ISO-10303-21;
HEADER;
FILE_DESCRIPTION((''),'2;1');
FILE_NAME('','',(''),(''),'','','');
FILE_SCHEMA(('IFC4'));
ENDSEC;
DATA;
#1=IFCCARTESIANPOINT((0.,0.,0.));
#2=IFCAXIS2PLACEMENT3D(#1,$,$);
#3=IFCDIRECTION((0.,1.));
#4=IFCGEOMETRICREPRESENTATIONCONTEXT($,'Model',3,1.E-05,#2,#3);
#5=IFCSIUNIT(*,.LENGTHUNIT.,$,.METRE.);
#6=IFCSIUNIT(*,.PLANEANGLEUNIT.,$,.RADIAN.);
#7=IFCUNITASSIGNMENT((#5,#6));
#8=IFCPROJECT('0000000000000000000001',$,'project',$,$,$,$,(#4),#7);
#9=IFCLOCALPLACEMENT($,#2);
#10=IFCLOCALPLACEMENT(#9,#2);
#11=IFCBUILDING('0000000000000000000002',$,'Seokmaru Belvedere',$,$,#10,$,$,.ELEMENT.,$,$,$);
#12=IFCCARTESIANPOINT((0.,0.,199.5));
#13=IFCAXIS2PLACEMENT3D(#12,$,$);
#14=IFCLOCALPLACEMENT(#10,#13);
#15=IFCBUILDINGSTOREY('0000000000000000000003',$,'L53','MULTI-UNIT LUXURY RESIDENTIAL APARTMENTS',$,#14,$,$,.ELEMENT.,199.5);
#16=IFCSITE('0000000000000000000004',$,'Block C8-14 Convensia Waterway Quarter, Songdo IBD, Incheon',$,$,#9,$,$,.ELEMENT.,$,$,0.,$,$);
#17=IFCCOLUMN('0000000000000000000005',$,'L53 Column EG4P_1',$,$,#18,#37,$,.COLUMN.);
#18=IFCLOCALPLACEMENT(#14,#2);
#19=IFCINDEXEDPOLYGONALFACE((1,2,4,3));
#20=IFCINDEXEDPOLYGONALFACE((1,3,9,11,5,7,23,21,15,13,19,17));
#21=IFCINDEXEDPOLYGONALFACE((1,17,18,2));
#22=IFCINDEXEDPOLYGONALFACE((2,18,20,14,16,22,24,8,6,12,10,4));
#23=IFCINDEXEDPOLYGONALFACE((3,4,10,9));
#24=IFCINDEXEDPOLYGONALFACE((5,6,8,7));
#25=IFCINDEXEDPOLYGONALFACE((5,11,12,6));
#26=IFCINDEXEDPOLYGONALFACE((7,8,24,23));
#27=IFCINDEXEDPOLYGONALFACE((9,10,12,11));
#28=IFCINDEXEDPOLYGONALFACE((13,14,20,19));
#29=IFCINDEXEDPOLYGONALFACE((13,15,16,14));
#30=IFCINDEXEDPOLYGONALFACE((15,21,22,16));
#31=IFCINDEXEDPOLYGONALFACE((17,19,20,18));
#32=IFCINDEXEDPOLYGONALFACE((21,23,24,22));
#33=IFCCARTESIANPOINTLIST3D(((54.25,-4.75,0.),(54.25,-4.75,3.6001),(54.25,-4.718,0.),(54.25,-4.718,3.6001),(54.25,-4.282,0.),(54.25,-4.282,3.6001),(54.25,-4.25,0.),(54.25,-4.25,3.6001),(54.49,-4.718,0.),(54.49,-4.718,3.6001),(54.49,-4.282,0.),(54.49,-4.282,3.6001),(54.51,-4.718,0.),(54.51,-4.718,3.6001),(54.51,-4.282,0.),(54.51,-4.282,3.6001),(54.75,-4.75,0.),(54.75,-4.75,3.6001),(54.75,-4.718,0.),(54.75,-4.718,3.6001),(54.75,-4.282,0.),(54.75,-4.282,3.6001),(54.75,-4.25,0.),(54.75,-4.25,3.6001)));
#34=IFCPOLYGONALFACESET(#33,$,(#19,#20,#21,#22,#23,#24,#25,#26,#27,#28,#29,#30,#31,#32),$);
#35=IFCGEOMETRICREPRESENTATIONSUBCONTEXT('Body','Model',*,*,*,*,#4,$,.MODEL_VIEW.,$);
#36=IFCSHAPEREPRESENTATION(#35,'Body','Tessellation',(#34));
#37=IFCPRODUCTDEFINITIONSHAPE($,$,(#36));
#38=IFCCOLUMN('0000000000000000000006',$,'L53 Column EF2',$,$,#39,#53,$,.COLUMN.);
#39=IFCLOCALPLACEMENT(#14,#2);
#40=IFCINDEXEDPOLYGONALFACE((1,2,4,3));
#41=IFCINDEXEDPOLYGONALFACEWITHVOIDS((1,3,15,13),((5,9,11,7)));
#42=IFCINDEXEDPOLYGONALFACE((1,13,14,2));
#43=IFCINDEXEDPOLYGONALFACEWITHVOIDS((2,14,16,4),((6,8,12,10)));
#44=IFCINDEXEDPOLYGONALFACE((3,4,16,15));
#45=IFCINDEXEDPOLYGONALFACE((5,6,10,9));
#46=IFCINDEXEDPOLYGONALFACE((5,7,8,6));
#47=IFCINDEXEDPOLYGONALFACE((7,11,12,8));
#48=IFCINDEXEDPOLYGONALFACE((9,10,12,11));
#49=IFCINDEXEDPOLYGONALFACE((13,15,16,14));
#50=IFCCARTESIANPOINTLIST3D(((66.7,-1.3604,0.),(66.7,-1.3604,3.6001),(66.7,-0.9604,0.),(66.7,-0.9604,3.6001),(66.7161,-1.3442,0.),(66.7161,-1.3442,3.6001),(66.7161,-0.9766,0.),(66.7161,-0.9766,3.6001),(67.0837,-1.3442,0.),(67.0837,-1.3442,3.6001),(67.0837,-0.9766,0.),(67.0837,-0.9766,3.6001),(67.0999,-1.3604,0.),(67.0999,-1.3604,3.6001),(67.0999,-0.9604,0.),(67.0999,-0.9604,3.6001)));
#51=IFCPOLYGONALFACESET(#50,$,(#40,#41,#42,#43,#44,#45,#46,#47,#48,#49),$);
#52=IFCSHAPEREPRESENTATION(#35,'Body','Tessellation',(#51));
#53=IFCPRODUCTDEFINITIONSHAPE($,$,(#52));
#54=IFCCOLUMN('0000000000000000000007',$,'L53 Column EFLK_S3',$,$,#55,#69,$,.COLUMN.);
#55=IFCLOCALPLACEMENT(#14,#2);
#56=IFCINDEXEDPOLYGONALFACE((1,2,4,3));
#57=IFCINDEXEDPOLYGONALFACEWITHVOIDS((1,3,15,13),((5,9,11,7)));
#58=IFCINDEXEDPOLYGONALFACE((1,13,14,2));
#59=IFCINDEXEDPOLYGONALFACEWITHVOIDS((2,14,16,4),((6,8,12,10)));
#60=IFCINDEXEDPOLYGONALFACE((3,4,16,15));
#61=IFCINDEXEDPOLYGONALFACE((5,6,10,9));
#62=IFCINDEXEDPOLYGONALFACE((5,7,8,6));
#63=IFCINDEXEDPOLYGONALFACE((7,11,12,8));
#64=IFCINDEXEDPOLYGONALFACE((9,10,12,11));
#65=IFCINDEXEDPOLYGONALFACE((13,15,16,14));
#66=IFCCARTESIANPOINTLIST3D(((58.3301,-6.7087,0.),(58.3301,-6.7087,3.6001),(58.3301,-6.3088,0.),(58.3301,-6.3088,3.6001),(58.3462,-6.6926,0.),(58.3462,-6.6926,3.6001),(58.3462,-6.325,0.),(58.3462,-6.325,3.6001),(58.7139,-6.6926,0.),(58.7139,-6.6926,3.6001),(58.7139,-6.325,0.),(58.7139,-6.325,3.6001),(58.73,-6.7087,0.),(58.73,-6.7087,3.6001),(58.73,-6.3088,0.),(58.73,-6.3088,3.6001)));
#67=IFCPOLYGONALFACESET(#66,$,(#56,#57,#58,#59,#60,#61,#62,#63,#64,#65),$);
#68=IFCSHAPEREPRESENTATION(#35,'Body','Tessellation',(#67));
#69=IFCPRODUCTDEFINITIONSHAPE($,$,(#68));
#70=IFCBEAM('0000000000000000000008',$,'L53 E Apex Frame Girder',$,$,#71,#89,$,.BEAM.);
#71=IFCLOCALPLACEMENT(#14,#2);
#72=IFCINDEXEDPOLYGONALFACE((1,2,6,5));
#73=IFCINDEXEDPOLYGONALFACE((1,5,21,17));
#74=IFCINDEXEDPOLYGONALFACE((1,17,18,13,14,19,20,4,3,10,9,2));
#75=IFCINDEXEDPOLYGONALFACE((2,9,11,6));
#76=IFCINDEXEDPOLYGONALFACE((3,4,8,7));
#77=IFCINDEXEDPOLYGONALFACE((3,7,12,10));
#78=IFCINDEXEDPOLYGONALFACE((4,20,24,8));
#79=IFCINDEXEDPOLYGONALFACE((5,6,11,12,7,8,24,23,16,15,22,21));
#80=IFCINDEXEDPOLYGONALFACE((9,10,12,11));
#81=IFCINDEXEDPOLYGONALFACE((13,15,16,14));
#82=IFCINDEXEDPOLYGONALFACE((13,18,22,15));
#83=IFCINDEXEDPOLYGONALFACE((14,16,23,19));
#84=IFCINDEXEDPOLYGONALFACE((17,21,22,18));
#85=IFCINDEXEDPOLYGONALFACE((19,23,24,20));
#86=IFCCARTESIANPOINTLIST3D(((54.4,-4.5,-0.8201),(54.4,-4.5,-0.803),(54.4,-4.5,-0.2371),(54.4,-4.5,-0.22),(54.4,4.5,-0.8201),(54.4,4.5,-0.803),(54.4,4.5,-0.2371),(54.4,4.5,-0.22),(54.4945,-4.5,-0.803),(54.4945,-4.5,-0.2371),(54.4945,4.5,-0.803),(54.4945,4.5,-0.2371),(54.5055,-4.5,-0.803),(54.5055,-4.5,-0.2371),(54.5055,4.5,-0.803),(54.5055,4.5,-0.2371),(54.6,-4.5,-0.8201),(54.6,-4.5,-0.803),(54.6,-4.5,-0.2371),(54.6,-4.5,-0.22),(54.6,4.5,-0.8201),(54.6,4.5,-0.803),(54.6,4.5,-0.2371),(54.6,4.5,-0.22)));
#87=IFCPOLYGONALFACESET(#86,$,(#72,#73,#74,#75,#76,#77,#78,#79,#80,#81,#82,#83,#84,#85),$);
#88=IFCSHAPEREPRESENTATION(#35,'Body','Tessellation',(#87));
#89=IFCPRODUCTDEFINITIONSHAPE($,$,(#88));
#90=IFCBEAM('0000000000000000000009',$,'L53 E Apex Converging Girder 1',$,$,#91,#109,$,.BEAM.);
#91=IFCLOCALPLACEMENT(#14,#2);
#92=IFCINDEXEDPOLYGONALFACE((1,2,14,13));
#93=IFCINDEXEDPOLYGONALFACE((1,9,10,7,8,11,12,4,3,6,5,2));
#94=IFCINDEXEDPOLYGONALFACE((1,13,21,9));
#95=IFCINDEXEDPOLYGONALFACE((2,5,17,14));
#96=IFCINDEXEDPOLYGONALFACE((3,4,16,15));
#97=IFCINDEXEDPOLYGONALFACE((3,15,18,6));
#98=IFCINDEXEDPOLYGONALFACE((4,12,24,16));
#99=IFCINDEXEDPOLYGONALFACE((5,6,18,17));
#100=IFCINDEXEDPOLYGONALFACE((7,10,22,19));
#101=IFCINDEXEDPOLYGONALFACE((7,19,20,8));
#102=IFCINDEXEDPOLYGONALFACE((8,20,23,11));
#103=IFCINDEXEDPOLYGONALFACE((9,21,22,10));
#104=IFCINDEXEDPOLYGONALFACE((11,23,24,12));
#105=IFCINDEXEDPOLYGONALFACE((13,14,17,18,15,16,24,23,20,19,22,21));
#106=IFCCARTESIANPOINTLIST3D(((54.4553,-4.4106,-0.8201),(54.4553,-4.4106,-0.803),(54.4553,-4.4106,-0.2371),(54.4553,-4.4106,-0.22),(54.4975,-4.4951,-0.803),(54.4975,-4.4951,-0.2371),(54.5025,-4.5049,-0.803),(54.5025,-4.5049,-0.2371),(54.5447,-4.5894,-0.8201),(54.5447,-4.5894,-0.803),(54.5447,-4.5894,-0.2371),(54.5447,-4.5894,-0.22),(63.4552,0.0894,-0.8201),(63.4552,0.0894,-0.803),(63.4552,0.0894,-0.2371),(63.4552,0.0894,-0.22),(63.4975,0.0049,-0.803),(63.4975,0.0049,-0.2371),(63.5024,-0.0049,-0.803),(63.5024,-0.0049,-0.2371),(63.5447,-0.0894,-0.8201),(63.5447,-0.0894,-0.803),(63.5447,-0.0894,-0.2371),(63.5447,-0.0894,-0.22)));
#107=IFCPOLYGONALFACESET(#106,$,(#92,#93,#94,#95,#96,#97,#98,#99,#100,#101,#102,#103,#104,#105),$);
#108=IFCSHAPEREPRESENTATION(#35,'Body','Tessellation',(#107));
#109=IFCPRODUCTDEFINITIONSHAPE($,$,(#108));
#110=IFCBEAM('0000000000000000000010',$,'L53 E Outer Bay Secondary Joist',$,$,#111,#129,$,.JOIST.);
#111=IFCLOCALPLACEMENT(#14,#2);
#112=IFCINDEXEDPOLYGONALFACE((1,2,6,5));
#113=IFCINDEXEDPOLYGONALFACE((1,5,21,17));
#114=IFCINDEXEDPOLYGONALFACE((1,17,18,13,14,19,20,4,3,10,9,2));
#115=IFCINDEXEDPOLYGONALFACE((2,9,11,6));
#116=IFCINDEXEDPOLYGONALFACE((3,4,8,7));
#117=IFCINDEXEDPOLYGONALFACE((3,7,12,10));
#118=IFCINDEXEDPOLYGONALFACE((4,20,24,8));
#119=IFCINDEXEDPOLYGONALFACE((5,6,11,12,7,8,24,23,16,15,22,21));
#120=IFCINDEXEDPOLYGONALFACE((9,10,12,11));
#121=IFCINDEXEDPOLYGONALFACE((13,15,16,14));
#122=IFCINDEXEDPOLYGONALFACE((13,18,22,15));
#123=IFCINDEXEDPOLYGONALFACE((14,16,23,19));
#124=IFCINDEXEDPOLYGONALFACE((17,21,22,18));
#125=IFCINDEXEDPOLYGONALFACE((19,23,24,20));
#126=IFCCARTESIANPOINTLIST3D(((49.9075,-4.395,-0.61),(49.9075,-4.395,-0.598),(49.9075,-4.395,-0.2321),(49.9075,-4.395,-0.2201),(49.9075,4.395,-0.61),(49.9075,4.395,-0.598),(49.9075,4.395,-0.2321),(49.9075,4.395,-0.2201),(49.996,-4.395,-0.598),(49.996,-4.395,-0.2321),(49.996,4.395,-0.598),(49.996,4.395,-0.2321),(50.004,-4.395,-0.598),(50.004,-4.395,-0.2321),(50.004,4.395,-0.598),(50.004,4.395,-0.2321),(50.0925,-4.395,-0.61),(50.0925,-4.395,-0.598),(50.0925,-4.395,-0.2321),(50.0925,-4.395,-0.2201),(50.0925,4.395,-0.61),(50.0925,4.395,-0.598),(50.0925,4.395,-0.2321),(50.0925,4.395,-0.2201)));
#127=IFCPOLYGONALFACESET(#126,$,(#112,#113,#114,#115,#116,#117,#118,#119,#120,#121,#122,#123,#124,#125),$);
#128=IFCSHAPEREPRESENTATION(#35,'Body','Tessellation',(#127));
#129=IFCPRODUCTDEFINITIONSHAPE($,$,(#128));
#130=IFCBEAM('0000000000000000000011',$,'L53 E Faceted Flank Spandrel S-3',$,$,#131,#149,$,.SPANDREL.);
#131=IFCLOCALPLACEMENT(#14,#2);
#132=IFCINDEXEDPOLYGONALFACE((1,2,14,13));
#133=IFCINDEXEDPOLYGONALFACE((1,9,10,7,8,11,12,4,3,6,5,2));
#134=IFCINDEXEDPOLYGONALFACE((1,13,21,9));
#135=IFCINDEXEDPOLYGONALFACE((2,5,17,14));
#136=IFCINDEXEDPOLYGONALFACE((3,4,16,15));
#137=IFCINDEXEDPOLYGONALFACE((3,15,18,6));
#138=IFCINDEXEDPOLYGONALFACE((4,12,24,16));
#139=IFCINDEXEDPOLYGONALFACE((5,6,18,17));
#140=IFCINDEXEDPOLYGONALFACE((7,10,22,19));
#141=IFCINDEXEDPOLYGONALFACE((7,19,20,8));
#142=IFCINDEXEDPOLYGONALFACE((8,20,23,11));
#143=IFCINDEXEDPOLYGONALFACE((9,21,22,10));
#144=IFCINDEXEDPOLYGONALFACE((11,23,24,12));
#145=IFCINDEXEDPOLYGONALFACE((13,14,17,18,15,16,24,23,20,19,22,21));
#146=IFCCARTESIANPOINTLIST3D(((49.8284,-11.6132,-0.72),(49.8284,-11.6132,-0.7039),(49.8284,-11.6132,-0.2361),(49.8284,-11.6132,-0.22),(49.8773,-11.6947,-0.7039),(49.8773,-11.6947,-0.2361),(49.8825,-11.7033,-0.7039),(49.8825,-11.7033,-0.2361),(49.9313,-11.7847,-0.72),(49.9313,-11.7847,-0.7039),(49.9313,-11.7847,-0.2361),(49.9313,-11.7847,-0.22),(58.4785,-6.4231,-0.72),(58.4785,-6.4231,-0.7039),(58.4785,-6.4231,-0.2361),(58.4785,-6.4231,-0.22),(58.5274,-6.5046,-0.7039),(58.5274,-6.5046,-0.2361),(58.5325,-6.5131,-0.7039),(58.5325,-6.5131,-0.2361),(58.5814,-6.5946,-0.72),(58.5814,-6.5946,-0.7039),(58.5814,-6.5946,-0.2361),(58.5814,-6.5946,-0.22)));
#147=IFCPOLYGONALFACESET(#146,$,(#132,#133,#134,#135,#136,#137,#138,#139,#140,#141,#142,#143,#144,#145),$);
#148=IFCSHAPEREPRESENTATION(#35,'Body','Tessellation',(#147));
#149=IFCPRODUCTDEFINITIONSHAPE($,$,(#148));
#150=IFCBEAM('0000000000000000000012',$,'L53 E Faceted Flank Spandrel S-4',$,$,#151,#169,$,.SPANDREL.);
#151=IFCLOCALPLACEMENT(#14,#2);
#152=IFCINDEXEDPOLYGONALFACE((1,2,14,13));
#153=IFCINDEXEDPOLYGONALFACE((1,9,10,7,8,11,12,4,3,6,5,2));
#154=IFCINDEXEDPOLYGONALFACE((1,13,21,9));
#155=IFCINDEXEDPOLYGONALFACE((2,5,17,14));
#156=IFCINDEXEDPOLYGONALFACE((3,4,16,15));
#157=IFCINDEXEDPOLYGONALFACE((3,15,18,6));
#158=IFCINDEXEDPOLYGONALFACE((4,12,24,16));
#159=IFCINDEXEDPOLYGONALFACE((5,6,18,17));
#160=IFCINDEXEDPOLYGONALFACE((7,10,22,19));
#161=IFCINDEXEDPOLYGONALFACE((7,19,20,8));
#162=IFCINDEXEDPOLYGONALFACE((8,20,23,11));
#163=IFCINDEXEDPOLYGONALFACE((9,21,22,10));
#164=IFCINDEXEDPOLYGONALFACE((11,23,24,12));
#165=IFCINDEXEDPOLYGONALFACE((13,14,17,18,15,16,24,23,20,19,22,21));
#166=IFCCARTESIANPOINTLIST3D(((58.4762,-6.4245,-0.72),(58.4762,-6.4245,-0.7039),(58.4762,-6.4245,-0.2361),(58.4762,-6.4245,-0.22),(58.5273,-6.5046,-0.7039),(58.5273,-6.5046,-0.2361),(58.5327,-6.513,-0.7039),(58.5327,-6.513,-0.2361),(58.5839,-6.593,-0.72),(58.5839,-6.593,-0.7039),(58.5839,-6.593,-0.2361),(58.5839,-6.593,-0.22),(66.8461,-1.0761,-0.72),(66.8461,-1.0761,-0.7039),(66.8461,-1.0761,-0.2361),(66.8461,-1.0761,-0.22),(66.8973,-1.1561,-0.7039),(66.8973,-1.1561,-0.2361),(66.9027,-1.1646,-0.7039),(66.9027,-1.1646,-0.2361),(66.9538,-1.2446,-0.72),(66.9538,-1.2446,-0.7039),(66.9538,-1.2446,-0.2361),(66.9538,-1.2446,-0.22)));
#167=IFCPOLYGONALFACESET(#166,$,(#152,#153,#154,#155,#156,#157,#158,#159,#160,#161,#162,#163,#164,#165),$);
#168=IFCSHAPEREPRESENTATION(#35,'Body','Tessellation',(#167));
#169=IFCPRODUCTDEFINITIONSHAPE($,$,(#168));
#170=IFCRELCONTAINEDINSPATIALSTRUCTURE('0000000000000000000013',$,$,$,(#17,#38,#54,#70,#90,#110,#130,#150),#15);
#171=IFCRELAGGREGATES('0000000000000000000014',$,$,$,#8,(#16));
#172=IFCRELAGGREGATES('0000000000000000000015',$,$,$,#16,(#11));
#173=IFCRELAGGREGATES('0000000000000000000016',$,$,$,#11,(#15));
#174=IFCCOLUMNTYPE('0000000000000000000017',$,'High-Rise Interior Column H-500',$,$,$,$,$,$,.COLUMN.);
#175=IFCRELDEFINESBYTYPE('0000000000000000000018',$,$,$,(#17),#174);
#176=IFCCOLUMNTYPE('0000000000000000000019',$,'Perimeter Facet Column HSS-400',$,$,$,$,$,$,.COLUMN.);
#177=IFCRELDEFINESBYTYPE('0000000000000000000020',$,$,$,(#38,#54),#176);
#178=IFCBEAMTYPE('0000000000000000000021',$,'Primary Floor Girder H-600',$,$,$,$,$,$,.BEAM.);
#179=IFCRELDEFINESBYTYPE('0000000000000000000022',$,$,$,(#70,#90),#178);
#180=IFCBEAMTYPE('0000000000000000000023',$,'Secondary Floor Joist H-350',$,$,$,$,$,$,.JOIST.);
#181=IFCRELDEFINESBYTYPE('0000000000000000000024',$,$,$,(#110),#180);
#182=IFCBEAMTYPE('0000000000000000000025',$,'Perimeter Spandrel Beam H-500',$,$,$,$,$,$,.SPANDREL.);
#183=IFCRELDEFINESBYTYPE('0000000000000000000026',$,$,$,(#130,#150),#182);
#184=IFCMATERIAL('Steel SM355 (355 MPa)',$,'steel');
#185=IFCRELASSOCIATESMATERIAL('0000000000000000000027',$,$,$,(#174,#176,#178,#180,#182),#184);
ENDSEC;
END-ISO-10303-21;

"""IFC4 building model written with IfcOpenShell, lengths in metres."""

from ifc_helpers import new_model, si_unit, direction, frame, origin, origin_2d, place, context, subcontext, project, spatial, hollow_rectangle, i_section, extrude, source, transform, mapped, material, material_profile, profile_set, type_object, type_shapes, element, save


model = new_model("IFC4")

# Units and contexts
model_context = context("Model", 3, precision=1e-05, world=origin(), true_north=direction((0.0, 1.0)))
body_context = subcontext(model_context, "Body", "Model", "MODEL_VIEW")
ifc_project = project(units=[si_unit("LENGTHUNIT", "METRE"), si_unit("PLANEANGLEUNIT", "RADIAN")], contexts=[model_context])

# Site, building, storey
site_placement = place(None, origin())
site = spatial("IfcSite", under=ifc_project, at=site_placement, Name="Block C8-14 Convensia Waterway Quarter, Songdo IBD, Incheon", CompositionType="ELEMENT", RefElevation=0.0)
building_placement = place(site_placement, origin())
building = spatial("IfcBuilding", under=site, at=building_placement, Name="Seokmaru Belvedere", CompositionType="ELEMENT")
storey_placement = place(building_placement, frame((0.0, 0.0, 199.5)))
storey = spatial("IfcBuildingStorey", under=building, at=storey_placement, Name="L53", Description="MULTI-UNIT LUXURY RESIDENTIAL APARTMENTS", CompositionType="ELEMENT", Elevation=199.5)

# Columns
ifc_material_1 = material(Name="Steel SM355 (355 MPa)", Category="steel")
ifc_material_profile_1 = material_profile(ifc_material_1, i_section(OverallWidth=0.5, OverallDepth=0.5, WebThickness=0.02, FlangeThickness=0.032, at=origin_2d()), Name="H-500x500x20x32")
ifc_profile_set_1 = profile_set([ifc_material_profile_1], Name="Steel SM355 (355 MPa)")
column_type_1 = type_object("IfcColumnType", Name="High-Rise Interior Column H-500", PredefinedType="COLUMN", material=ifc_profile_set_1)
shared_shape_1 = source(origin(), body_context, "Body", "SweptSolid", [
    extrude(i_section(OverallWidth=0.5, OverallDepth=0.5, WebThickness=0.02, FlangeThickness=0.032, at=origin_2d()), origin(), (0.0, 0.0, 1.0), 3.6001),
])
type_shapes(column_type_1, [shared_shape_1])
column_placement = place(storey_placement, frame((54.5, -4.5, 0.0), z_axis=(0.0, 0.0, 1.0), x_axis=(1.0, 0.0, 0.0)))
element("IfcColumn", 1, at=column_placement, inside=storey, type_object=column_type_1, Name="L53 Column EG4P_1", PredefinedType="COLUMN", context=body_context, shape_type="MappedRepresentation", body=[
    mapped(shared_shape_1, transform((0.0, 0.0, 0.0), scale=1.0)),
])
ifc_material_profile_2 = material_profile(ifc_material_1, hollow_rectangle(XDim=0.3999, YDim=0.3999, WallThickness=0.0161, at=origin_2d()), Name="HSS-400x400x16")
ifc_profile_set_2 = profile_set([ifc_material_profile_2], Name="Steel SM355 (355 MPa)")
column_type_2 = type_object("IfcColumnType", Name="Perimeter Facet Column HSS-400", PredefinedType="COLUMN", material=ifc_profile_set_2)
shared_shape_2 = source(origin(), body_context, "Body", "SweptSolid", [
    extrude(hollow_rectangle(XDim=0.3999, YDim=0.3999, WallThickness=0.0161, at=origin_2d()), origin(), (0.0, 0.0, 1.0), 3.6001),
])
type_shapes(column_type_2, [shared_shape_2])
for number, where, z_axis, x_axis, name in (
    (2, (66.8999, -1.1604, 0.0), (0.0, 0.0, 1.0), (1.0, 0.0, 0.0), "L53 Column EF2"),
    (3, (58.53, -6.5088, 0.0), (0.0, 0.0, 1.0), (1.0, 0.0, 0.0), "L53 Column EFLK_S3"),
):
    element("IfcColumn", number, at=place(storey_placement, frame(where, z_axis=z_axis, x_axis=x_axis)), inside=storey, type_object=column_type_2, Name=name, PredefinedType="COLUMN", context=body_context, shape_type="MappedRepresentation", body=[
        mapped(shared_shape_2, transform((0.0, 0.0, 0.0), scale=1.0)),
    ])

# Beams
ifc_material_profile_3 = material_profile(ifc_material_1, i_section(OverallWidth=0.2, OverallDepth=0.6001, WebThickness=0.011, FlangeThickness=0.0171, at=origin_2d()), Name="H-600x200x11x17")
ifc_profile_set_3 = profile_set([ifc_material_profile_3], Name="Steel SM355 (355 MPa)")
beam_type_1 = type_object("IfcBeamType", Name="Primary Floor Girder H-600", PredefinedType="BEAM", material=ifc_profile_set_3)
shared_shape_3 = source(origin(), body_context, "Body", "SweptSolid", [
    extrude(i_section(OverallWidth=0.2, OverallDepth=0.6001, WebThickness=0.011, FlangeThickness=0.0171, at=origin_2d()), origin(), (0.0, 0.0, 1.0), 9.0),
])
beam_1_placement = place(storey_placement, frame((54.5, -4.5, -0.52), z_axis=(0.0, 1.0, 0.0), x_axis=(-1.0, 0.0, 0.0)))
element("IfcBeam", 4, at=beam_1_placement, inside=storey, type_object=beam_type_1, Name="L53 E Apex Frame Girder", PredefinedType="BEAM", context=body_context, shape_type="MappedRepresentation", body=[
    mapped(shared_shape_3, transform((0.0, 0.0, 0.0), scale=1.0)),
])
shared_shape_4 = source(origin(), body_context, "Body", "SweptSolid", [
    extrude(i_section(OverallWidth=0.2, OverallDepth=0.6001, WebThickness=0.011, FlangeThickness=0.0171, at=origin_2d()), origin(), (0.0, 0.0, 1.0), 10.0623),
])
beam_2_placement = place(storey_placement, frame((54.5, -4.5, -0.52), z_axis=(0.894427, 0.447214, 0.0), x_axis=(-0.447214, 0.894427, 0.0)))
element("IfcBeam", 5, at=beam_2_placement, inside=storey, type_object=beam_type_1, Name="L53 E Apex Converging Girder 1", PredefinedType="BEAM", context=body_context, shape_type="MappedRepresentation", body=[
    mapped(shared_shape_4, transform((0.0, 0.0, 0.0), scale=1.0)),
])
ifc_material_profile_4 = material_profile(ifc_material_1, i_section(OverallWidth=0.1851, OverallDepth=0.3899, WebThickness=0.0081, FlangeThickness=0.012, at=origin_2d()), Name="H-390x185x8x12")
ifc_profile_set_4 = profile_set([ifc_material_profile_4], Name="Steel SM355 (355 MPa)")
beam_type_2 = type_object("IfcBeamType", Name="Secondary Floor Joist H-350", PredefinedType="JOIST", material=ifc_profile_set_4)
shared_shape_5 = source(origin(), body_context, "Body", "SweptSolid", [
    extrude(i_section(OverallWidth=0.1851, OverallDepth=0.3899, WebThickness=0.0081, FlangeThickness=0.012, at=origin_2d()), origin(), (0.0, 0.0, 1.0), 8.79),
])
type_shapes(beam_type_2, [shared_shape_5])
beam_3_placement = place(storey_placement, frame((50.0, -4.395, -0.415), z_axis=(0.0, 1.0, 0.0), x_axis=(-1.0, 0.0, 0.0)))
element("IfcBeam", 6, at=beam_3_placement, inside=storey, type_object=beam_type_2, Name="L53 E Outer Bay Secondary Joist", PredefinedType="JOIST", context=body_context, shape_type="MappedRepresentation", body=[
    mapped(shared_shape_5, transform((0.0, 0.0, 0.0), scale=1.0)),
])
ifc_material_profile_5 = material_profile(ifc_material_1, i_section(OverallWidth=0.2, OverallDepth=0.5, WebThickness=0.01, FlangeThickness=0.0161, at=origin_2d()), Name="H-500x200x10x16")
ifc_profile_set_5 = profile_set([ifc_material_profile_5], Name="Steel SM355 (355 MPa)")
beam_type_3 = type_object("IfcBeamType", Name="Perimeter Spandrel Beam H-500", PredefinedType="SPANDREL", material=ifc_profile_set_5)
shared_shape_6 = source(origin(), body_context, "Body", "SweptSolid", [
    extrude(i_section(OverallWidth=0.2, OverallDepth=0.5, WebThickness=0.01, FlangeThickness=0.0161, at=origin_2d()), origin(), (0.0, 0.0, 1.0), 10.0876),
])
beam_4_placement = place(storey_placement, frame((49.8799, -11.699, -0.47), z_axis=(0.857489, 0.514503, 0.0), x_axis=(-0.514503, 0.857489, 0.0)))
element("IfcBeam", 7, at=beam_4_placement, inside=storey, type_object=beam_type_3, Name="L53 E Faceted Flank Spandrel S-3", PredefinedType="SPANDREL", context=body_context, shape_type="MappedRepresentation", body=[
    mapped(shared_shape_6, transform((0.0, 0.0, 0.0), scale=1.0)),
])
shared_shape_7 = source(origin(), body_context, "Body", "SweptSolid", [
    extrude(i_section(OverallWidth=0.2, OverallDepth=0.5, WebThickness=0.01, FlangeThickness=0.0161, at=origin_2d()), origin(), (0.0, 0.0, 1.0), 9.9329),
])
beam_5_placement = place(storey_placement, frame((58.53, -6.5088, -0.47), z_axis=(0.842652, 0.538459, 0.0), x_axis=(-0.538459, 0.842652, 0.0)))
element("IfcBeam", 8, at=beam_5_placement, inside=storey, type_object=beam_type_3, Name="L53 E Faceted Flank Spandrel S-4", PredefinedType="SPANDREL", context=body_context, shape_type="MappedRepresentation", body=[
    mapped(shared_shape_7, transform((0.0, 0.0, 0.0), scale=1.0)),
])

save(model, "model.ifc")
